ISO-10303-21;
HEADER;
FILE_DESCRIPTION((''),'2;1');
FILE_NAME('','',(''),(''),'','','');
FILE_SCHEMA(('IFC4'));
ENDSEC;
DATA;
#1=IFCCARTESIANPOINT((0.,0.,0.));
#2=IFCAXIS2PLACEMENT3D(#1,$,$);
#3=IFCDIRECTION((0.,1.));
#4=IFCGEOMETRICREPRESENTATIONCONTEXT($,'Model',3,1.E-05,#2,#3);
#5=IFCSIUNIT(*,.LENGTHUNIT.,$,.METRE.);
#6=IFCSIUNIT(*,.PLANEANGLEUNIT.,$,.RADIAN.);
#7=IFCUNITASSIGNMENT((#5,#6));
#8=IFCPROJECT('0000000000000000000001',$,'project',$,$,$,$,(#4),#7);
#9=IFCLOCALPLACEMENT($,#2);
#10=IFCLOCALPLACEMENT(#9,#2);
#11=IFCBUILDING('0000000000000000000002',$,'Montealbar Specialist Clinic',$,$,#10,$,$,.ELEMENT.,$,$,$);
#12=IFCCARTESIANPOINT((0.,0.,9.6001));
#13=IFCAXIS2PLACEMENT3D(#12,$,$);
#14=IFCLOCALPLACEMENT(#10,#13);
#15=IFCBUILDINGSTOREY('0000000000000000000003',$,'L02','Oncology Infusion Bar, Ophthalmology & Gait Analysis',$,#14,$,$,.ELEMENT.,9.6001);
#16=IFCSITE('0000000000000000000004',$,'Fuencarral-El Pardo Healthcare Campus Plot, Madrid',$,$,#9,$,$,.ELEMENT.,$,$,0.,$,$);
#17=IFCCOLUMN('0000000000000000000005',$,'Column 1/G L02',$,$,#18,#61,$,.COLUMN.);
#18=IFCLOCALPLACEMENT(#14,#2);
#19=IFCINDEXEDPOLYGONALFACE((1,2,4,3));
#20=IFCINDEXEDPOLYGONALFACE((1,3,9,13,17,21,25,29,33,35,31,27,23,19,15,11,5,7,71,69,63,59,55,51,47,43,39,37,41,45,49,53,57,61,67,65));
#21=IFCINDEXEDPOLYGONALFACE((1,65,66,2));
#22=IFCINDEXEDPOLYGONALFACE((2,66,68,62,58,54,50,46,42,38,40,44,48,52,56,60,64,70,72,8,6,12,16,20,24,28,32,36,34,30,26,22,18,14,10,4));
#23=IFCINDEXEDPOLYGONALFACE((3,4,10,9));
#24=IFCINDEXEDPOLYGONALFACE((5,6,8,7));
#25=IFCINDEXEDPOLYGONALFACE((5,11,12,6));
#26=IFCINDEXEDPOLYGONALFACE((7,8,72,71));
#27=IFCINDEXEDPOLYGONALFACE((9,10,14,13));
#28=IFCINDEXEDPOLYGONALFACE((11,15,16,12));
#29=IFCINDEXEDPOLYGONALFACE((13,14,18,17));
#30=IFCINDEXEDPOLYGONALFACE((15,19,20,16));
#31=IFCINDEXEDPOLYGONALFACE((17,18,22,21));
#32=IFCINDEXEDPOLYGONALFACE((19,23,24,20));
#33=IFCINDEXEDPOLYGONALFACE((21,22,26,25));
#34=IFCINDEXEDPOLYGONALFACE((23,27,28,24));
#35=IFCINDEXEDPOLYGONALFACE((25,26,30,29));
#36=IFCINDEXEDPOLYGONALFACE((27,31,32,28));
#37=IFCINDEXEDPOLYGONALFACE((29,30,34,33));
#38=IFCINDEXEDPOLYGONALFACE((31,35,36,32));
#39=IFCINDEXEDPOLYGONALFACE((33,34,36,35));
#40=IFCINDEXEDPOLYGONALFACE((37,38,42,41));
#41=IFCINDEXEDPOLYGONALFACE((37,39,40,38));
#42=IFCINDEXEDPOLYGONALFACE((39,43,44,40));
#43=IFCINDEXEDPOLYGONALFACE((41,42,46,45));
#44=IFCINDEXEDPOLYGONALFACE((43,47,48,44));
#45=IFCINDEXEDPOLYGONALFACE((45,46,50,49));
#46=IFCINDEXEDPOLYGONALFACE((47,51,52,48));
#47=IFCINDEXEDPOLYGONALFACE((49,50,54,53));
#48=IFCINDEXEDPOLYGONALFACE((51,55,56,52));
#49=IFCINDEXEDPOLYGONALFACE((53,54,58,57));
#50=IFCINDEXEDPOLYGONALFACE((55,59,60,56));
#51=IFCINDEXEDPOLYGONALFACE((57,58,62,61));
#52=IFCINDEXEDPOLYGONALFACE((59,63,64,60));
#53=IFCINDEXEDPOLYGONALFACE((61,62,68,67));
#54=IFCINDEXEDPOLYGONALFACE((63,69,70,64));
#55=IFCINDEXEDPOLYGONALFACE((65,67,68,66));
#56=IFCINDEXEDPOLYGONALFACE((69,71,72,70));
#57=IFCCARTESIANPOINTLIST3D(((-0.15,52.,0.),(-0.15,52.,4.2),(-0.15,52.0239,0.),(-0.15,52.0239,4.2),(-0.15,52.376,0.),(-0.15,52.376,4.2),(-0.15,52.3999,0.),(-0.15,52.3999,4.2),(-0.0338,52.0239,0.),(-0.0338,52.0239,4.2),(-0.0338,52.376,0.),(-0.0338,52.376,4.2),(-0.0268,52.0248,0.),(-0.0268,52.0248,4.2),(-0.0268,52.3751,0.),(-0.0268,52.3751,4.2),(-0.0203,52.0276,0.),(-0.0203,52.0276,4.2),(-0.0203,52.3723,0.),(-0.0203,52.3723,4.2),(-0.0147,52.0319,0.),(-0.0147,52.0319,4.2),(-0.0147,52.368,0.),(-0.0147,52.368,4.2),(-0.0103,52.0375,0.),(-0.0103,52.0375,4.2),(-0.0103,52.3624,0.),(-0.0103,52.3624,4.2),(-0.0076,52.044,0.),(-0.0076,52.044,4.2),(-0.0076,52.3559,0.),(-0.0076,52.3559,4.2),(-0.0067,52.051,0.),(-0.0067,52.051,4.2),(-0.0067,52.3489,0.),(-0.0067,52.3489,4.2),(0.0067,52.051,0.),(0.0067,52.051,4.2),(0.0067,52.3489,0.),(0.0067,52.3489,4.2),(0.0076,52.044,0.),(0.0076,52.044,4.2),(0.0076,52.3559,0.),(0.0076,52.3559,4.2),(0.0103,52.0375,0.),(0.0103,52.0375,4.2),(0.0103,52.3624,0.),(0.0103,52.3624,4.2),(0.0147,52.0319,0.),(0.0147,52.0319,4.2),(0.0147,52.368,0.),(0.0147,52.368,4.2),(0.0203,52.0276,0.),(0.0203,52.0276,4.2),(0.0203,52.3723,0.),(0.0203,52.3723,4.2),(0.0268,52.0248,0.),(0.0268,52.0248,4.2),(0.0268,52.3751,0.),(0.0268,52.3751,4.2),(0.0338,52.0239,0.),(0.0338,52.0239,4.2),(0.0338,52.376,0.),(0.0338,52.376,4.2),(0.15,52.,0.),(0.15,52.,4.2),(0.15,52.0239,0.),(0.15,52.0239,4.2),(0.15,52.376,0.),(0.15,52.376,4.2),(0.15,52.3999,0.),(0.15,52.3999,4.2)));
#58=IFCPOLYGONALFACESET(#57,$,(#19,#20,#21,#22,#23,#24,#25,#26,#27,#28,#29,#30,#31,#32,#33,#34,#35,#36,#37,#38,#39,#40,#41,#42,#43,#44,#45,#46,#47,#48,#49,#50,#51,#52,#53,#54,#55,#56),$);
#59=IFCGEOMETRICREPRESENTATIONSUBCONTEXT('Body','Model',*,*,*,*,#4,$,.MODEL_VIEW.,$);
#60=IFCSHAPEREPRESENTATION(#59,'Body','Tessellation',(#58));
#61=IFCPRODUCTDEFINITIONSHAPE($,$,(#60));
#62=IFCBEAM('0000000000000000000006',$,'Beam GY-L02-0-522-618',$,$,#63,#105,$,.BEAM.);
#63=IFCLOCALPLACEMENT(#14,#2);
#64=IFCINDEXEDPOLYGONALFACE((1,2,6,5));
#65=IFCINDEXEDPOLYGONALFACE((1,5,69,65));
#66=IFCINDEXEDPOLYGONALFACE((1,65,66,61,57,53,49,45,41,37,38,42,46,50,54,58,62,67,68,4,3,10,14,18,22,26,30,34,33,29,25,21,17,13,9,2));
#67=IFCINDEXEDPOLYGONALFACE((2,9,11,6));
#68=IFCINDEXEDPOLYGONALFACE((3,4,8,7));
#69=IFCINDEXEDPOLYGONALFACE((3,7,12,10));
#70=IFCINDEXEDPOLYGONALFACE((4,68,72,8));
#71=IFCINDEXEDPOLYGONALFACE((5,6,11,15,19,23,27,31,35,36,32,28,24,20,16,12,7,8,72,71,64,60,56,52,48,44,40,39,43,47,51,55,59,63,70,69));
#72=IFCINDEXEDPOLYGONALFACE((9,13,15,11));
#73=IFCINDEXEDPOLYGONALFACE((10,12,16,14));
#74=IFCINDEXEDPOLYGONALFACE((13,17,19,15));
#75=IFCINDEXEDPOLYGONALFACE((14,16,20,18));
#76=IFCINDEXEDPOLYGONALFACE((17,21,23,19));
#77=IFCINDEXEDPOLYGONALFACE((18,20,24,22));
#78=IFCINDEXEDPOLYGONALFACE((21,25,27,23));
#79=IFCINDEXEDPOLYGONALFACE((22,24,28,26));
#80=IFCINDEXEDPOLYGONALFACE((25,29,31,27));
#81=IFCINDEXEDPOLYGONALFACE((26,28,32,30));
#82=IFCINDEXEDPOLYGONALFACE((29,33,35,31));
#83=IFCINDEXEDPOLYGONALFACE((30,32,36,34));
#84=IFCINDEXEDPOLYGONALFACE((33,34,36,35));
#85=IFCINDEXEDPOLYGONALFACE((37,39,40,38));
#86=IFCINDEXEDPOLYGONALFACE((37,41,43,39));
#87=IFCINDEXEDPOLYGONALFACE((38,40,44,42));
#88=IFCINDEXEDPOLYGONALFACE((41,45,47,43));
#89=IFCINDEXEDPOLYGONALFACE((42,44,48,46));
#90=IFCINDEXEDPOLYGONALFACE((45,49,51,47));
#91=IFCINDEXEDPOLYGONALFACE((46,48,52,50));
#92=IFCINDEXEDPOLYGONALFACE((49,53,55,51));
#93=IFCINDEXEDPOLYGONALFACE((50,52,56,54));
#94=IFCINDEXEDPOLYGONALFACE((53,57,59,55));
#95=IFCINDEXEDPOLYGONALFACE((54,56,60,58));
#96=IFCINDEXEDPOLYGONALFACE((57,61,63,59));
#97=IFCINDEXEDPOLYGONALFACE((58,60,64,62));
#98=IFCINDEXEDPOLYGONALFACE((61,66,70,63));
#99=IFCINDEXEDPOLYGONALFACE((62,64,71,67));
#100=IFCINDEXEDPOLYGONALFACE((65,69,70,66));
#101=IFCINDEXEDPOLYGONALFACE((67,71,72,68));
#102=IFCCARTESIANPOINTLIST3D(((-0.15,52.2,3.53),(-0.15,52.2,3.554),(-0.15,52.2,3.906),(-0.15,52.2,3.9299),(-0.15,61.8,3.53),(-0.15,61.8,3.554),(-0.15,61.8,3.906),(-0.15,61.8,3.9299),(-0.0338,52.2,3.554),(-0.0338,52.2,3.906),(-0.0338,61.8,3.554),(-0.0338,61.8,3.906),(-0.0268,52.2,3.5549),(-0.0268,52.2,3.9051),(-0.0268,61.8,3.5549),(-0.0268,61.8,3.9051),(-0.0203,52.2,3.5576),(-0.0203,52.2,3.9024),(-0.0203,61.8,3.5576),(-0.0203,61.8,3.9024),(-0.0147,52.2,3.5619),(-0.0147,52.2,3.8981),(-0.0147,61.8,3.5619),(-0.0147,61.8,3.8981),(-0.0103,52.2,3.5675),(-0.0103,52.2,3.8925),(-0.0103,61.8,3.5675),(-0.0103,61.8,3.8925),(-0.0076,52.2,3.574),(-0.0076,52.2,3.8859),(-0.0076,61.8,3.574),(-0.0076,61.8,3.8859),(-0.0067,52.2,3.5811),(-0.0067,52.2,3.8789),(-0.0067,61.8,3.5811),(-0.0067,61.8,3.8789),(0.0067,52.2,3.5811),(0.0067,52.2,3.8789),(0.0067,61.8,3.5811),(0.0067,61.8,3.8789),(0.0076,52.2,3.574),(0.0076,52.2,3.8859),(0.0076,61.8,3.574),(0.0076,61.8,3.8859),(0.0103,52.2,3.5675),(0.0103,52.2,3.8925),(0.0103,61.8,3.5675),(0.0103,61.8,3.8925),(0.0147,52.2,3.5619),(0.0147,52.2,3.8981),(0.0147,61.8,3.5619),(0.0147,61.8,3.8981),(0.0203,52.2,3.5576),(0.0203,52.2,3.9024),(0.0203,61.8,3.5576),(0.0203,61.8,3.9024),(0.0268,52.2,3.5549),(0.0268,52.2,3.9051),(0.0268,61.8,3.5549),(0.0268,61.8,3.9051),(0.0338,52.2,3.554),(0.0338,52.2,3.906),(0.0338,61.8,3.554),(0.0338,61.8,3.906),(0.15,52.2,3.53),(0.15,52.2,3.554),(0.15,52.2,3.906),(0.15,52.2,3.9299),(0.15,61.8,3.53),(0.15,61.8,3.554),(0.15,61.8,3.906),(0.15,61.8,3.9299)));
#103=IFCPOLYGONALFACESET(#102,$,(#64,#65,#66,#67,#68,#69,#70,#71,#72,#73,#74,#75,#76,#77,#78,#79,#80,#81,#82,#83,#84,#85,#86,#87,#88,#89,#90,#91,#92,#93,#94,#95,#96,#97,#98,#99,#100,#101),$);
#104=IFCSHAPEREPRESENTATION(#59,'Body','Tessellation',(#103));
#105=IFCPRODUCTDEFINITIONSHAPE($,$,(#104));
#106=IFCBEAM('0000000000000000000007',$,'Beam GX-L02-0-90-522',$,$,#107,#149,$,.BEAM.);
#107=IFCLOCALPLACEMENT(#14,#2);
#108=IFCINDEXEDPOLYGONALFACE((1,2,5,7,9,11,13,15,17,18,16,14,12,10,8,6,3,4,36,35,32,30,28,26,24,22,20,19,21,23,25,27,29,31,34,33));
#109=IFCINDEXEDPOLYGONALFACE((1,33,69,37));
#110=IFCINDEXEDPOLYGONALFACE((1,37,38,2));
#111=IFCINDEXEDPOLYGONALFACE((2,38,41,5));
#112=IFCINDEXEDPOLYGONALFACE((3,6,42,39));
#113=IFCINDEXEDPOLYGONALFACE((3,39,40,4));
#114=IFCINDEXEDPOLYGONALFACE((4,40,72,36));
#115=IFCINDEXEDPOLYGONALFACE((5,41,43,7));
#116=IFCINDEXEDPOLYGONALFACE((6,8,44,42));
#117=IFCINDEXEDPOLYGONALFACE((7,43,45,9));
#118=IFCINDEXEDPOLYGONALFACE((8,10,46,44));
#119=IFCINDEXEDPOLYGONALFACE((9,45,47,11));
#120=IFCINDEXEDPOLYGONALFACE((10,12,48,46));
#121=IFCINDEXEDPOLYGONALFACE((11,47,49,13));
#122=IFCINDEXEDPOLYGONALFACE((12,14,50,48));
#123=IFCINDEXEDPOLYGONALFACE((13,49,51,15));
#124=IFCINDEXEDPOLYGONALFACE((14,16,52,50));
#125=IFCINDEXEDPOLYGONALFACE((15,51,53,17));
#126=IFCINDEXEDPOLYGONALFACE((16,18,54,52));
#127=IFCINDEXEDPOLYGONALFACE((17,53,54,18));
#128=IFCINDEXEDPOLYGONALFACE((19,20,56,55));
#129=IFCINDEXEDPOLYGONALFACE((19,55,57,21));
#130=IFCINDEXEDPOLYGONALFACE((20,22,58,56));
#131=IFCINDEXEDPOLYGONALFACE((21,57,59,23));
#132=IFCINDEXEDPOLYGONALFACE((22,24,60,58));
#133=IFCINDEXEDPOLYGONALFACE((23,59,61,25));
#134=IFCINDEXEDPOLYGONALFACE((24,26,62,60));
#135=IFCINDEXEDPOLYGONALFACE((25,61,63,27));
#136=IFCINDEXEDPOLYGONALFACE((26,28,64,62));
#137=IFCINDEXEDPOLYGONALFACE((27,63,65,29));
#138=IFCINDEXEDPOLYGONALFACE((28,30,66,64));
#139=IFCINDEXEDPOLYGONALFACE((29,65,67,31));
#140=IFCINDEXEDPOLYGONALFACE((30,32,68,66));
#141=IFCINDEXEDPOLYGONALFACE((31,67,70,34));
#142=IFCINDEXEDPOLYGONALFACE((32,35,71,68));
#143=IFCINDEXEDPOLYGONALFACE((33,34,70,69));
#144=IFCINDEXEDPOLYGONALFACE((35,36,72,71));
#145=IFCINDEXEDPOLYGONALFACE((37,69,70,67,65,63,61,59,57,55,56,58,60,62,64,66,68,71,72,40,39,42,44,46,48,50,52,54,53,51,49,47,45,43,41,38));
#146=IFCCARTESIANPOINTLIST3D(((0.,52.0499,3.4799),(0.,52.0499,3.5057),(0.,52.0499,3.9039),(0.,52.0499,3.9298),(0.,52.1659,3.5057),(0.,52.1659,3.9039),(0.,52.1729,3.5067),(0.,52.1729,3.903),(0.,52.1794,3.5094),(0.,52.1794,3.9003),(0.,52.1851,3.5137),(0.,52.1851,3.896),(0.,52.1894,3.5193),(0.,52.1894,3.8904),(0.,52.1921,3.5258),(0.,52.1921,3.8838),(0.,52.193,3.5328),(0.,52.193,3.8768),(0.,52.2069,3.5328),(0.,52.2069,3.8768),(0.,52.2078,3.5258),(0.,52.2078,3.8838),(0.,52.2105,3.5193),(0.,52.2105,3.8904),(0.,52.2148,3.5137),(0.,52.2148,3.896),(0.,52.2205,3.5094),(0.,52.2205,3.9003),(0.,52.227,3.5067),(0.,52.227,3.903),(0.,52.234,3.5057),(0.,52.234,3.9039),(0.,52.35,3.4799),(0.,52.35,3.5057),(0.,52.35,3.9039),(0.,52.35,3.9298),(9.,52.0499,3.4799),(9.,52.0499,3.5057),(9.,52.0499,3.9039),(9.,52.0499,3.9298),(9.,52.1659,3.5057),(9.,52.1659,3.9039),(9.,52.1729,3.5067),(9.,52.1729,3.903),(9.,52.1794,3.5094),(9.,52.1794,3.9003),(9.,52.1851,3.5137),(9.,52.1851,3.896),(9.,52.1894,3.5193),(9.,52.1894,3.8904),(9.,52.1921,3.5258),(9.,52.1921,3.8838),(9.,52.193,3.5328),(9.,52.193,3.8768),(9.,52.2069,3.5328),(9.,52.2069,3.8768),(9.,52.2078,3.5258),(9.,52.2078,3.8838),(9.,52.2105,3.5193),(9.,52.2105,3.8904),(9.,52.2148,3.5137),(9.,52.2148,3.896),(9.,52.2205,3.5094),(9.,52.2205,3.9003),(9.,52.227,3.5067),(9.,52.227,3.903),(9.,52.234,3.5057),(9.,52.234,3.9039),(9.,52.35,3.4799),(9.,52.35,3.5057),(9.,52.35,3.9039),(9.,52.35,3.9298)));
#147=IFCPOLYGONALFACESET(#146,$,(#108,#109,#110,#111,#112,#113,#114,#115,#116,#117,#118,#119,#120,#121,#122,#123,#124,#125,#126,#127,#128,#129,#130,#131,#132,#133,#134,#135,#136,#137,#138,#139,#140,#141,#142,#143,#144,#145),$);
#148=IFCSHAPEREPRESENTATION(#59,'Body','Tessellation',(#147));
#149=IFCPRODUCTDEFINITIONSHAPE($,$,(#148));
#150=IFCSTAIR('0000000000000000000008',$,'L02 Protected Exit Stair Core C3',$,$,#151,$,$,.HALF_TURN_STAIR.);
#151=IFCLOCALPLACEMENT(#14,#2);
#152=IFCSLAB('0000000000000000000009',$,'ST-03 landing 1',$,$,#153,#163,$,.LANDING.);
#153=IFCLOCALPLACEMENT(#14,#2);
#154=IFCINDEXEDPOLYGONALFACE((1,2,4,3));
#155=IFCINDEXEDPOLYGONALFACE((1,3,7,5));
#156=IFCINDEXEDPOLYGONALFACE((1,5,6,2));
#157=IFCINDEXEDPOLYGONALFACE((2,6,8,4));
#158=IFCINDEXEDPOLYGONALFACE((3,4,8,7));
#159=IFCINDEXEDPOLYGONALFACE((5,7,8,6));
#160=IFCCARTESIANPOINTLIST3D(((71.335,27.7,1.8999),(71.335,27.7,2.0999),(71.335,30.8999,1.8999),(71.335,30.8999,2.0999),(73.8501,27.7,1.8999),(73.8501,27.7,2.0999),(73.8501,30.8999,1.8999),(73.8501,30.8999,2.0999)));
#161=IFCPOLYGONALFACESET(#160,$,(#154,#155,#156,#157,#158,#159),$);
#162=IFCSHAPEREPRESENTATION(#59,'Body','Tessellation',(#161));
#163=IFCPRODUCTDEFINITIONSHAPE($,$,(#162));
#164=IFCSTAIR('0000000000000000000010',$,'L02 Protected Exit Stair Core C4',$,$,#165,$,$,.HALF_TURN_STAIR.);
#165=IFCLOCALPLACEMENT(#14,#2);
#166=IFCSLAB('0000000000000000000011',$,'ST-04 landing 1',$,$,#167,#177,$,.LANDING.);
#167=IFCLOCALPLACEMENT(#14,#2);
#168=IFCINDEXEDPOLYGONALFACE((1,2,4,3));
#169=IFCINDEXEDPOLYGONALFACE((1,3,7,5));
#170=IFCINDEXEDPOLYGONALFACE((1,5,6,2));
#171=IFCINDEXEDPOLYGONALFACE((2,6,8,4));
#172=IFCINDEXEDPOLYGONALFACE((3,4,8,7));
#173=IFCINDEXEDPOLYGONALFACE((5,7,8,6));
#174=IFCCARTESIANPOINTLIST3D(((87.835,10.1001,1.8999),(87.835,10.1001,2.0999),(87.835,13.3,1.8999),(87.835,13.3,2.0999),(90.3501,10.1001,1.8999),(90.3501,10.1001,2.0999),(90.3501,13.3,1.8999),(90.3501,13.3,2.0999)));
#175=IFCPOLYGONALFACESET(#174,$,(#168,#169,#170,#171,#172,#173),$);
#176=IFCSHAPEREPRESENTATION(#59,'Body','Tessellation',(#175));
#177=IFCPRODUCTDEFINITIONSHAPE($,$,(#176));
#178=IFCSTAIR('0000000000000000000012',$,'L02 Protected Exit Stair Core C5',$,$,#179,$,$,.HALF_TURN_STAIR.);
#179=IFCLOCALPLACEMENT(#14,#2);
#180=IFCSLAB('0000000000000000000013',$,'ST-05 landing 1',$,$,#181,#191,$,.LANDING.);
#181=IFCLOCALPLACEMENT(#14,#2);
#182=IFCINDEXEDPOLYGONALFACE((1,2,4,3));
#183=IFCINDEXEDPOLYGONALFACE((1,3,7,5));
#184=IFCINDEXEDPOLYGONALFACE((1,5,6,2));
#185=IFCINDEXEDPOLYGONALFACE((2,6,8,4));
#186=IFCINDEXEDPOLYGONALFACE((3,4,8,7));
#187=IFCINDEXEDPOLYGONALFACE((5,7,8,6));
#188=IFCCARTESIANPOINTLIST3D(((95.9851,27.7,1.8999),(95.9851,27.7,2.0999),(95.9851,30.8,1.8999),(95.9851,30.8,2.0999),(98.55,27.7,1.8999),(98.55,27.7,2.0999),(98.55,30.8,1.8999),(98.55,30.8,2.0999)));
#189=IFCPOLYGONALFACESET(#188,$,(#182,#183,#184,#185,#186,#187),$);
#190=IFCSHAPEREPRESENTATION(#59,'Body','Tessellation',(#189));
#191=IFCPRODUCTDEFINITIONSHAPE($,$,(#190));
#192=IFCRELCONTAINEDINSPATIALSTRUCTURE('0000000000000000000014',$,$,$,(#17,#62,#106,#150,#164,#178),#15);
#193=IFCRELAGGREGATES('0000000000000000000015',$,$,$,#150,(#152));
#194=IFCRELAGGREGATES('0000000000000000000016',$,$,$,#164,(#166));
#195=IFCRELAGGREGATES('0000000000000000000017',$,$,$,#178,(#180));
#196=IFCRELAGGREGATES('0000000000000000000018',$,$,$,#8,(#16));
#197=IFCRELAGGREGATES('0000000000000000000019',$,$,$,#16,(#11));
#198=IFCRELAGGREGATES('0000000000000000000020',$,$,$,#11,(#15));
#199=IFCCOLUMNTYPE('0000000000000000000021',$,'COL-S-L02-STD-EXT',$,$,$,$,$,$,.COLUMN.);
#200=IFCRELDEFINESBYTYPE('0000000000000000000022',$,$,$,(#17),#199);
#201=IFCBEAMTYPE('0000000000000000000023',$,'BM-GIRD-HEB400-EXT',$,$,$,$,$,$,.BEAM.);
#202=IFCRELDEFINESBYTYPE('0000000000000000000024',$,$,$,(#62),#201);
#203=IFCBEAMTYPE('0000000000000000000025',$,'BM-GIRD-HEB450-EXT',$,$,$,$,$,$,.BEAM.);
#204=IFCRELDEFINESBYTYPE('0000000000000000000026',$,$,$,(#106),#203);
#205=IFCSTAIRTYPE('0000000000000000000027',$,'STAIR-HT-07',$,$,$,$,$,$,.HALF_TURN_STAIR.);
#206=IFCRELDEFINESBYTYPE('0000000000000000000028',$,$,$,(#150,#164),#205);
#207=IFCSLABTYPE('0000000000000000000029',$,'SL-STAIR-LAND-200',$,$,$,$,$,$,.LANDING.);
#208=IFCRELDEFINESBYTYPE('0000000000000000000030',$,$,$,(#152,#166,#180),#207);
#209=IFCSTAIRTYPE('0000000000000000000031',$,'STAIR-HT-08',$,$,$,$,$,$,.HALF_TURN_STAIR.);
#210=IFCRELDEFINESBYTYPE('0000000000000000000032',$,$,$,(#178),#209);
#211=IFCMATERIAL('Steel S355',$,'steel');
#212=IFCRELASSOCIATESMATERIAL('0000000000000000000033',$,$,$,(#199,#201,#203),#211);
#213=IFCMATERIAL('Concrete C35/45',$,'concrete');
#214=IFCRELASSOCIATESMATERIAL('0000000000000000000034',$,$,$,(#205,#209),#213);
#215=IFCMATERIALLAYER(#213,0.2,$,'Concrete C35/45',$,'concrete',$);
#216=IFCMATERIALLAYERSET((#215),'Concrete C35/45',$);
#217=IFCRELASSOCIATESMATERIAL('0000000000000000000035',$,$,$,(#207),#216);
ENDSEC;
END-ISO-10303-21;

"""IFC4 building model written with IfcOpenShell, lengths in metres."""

from ifc_helpers import new_model, si_unit, direction, frame, origin, origin_2d, place, context, subcontext, project, spatial, polyline, i_section, outline, extrude, material, layer, layer_set, material_profile, profile_set, type_object, element, aggregate, save


model = new_model("IFC4")

# Units and contexts
model_context = context("Model", 3, precision=1e-05, world=origin(), true_north=direction((0.0, 1.0)))
body_context = subcontext(model_context, "Body", "Model", "MODEL_VIEW")
ifc_project = project(units=[si_unit("LENGTHUNIT", "METRE"), si_unit("PLANEANGLEUNIT", "RADIAN")], contexts=[model_context])

# Site, building, storey
site_placement = place(None, origin())
site = spatial("IfcSite", under=ifc_project, at=site_placement, Name="Fuencarral-El Pardo Healthcare Campus Plot, Madrid", CompositionType="ELEMENT", RefElevation=0.0)
building_placement = place(site_placement, origin())
building = spatial("IfcBuilding", under=site, at=building_placement, Name="Montealbar Specialist Clinic", CompositionType="ELEMENT")
storey_placement = place(building_placement, frame((0.0, 0.0, 9.6001)))
storey = spatial("IfcBuildingStorey", under=building, at=storey_placement, Name="L02", Description="Oncology Infusion Bar, Ophthalmology & Gait Analysis", CompositionType="ELEMENT", Elevation=9.6001)

# Column
ifc_material_1 = material(Name="Steel S355", Category="steel")
ifc_material_profile_1 = material_profile(ifc_material_1, i_section(OverallWidth=0.3, OverallDepth=0.3999, WebThickness=0.0134, FlangeThickness=0.0239, FilletRadius=0.0271, at=origin_2d()), Name="HEB 400", Category="steel")
ifc_profile_set_1 = profile_set([ifc_material_profile_1], Name="Steel S355")
column_type = type_object("IfcColumnType", Name="COL-S-L02-STD-EXT", PredefinedType="COLUMN", material=ifc_profile_set_1)
column_placement = place(storey_placement, frame((0.0, 52.2, 0.0), z_axis=(0.0, 0.0, 1.0), x_axis=(1.0, 0.0, 0.0)))
element("IfcColumn", 1, at=column_placement, inside=storey, type_object=column_type, Name="Column 1/G L02", PredefinedType="COLUMN", context=body_context, shape_type="SweptSolid", body=[
    extrude(i_section(OverallWidth=0.3, OverallDepth=0.3999, WebThickness=0.0134, FlangeThickness=0.0239, FilletRadius=0.0271, at=origin_2d()), origin(), (0.0, 0.0, 1.0), 4.2),
])

# Beams
ifc_material_profile_2 = material_profile(ifc_material_1, i_section(OverallWidth=0.3, OverallDepth=0.3999, WebThickness=0.0134, FlangeThickness=0.0239, FilletRadius=0.0271, at=origin_2d()), Name="HEB 400", Category="steel")
ifc_profile_set_2 = profile_set([ifc_material_profile_2], Name="Steel S355")
beam_type_1 = type_object("IfcBeamType", Name="BM-GIRD-HEB400-EXT", PredefinedType="BEAM", material=ifc_profile_set_2)
beam_1_placement = place(storey_placement, frame((0.0, 52.2, 3.73), z_axis=(0.0, 1.0, 0.0), x_axis=(-1.0, 0.0, 0.0)))
element("IfcBeam", 2, at=beam_1_placement, inside=storey, type_object=beam_type_1, Name="Beam GY-L02-0-522-618", PredefinedType="BEAM", context=body_context, shape_type="SweptSolid", body=[
    extrude(i_section(OverallWidth=0.3, OverallDepth=0.3999, WebThickness=0.0134, FlangeThickness=0.0239, FilletRadius=0.0271, at=origin_2d()), origin(), (0.0, 0.0, 1.0), 9.6001),
])
ifc_material_profile_3 = material_profile(ifc_material_1, i_section(OverallWidth=0.3, OverallDepth=0.45, WebThickness=0.0139, FlangeThickness=0.0259, FilletRadius=0.0271, at=origin_2d()), Name="HEB 450", Category="steel")
ifc_profile_set_3 = profile_set([ifc_material_profile_3], Name="Steel S355")
beam_type_2 = type_object("IfcBeamType", Name="BM-GIRD-HEB450-EXT", PredefinedType="BEAM", material=ifc_profile_set_3)
beam_2_placement = place(storey_placement, frame((0.0, 52.2, 3.7048), z_axis=(1.0, 0.0, 0.0), x_axis=(0.0, 1.0, 0.0)))
element("IfcBeam", 3, at=beam_2_placement, inside=storey, type_object=beam_type_2, Name="Beam GX-L02-0-90-522", PredefinedType="BEAM", context=body_context, shape_type="SweptSolid", body=[
    extrude(i_section(OverallWidth=0.3, OverallDepth=0.45, WebThickness=0.0139, FlangeThickness=0.0259, FilletRadius=0.0271, at=origin_2d()), origin(), (0.0, 0.0, 1.0), 9.0),
])

# Stairs, slabs
ifc_material_2 = material(Name="Concrete C35/45", Category="concrete")
stair_type_1 = type_object("IfcStairType", Name="STAIR-HT-07", PredefinedType="HALF_TURN_STAIR", material=ifc_material_2)
stair_1_placement = place(storey_placement, origin())
stair_1 = element("IfcStair", 4, at=stair_1_placement, inside=storey, type_object=stair_type_1, Name="L02 Protected Exit Stair Core C3", PredefinedType="HALF_TURN_STAIR")
ifc_layer_1 = layer(ifc_material_2, 0.2, Name="Concrete C35/45", Category="concrete")
ifc_layer_set_1 = layer_set([ifc_layer_1], Name="Concrete C35/45")
slab_type = type_object("IfcSlabType", Name="SL-STAIR-LAND-200", PredefinedType="LANDING", material=ifc_layer_set_1)
slab_1_placement = place(storey_placement, frame((0.0, 0.0, 1.8999)))
slab_1 = element("IfcSlab", 5, at=slab_1_placement, type_object=slab_type, Name="ST-03 landing 1", PredefinedType="LANDING", context=body_context, shape_type="SweptSolid", body=[
    extrude(outline(polyline([(71.335, 27.7), (73.8501, 27.7), (73.8501, 30.8999), (71.335, 30.8999), (71.335, 27.7)])), origin(), (0.0, 0.0, 1.0), 0.2),
])
aggregate(stair_1, [slab_1])
stair_2_placement = place(storey_placement, origin())
stair_2 = element("IfcStair", 6, at=stair_2_placement, inside=storey, type_object=stair_type_1, Name="L02 Protected Exit Stair Core C4", PredefinedType="HALF_TURN_STAIR")
slab_2_placement = place(storey_placement, frame((0.0, 0.0, 1.8999)))
slab_2 = element("IfcSlab", 7, at=slab_2_placement, type_object=slab_type, Name="ST-04 landing 1", PredefinedType="LANDING", context=body_context, shape_type="SweptSolid", body=[
    extrude(outline(polyline([(87.835, 10.1001), (90.3501, 10.1001), (90.3501, 13.3), (87.835, 13.3), (87.835, 10.1001)])), origin(), (0.0, 0.0, 1.0), 0.2),
])
aggregate(stair_2, [slab_2])
stair_type_2 = type_object("IfcStairType", Name="STAIR-HT-08", PredefinedType="HALF_TURN_STAIR", material=ifc_material_2)
stair_3_placement = place(storey_placement, origin())
stair_3 = element("IfcStair", 8, at=stair_3_placement, inside=storey, type_object=stair_type_2, Name="L02 Protected Exit Stair Core C5", PredefinedType="HALF_TURN_STAIR")
slab_3_placement = place(storey_placement, frame((0.0, 0.0, 1.8999)))
slab_3 = element("IfcSlab", 9, at=slab_3_placement, type_object=slab_type, Name="ST-05 landing 1", PredefinedType="LANDING", context=body_context, shape_type="SweptSolid", body=[
    extrude(outline(polyline([(95.9851, 27.7), (98.55, 27.7), (98.55, 30.8), (95.9851, 30.8), (95.9851, 27.7)])), origin(), (0.0, 0.0, 1.0), 0.2),
])
aggregate(stair_3, [slab_3])

save(model, "model.ifc")
